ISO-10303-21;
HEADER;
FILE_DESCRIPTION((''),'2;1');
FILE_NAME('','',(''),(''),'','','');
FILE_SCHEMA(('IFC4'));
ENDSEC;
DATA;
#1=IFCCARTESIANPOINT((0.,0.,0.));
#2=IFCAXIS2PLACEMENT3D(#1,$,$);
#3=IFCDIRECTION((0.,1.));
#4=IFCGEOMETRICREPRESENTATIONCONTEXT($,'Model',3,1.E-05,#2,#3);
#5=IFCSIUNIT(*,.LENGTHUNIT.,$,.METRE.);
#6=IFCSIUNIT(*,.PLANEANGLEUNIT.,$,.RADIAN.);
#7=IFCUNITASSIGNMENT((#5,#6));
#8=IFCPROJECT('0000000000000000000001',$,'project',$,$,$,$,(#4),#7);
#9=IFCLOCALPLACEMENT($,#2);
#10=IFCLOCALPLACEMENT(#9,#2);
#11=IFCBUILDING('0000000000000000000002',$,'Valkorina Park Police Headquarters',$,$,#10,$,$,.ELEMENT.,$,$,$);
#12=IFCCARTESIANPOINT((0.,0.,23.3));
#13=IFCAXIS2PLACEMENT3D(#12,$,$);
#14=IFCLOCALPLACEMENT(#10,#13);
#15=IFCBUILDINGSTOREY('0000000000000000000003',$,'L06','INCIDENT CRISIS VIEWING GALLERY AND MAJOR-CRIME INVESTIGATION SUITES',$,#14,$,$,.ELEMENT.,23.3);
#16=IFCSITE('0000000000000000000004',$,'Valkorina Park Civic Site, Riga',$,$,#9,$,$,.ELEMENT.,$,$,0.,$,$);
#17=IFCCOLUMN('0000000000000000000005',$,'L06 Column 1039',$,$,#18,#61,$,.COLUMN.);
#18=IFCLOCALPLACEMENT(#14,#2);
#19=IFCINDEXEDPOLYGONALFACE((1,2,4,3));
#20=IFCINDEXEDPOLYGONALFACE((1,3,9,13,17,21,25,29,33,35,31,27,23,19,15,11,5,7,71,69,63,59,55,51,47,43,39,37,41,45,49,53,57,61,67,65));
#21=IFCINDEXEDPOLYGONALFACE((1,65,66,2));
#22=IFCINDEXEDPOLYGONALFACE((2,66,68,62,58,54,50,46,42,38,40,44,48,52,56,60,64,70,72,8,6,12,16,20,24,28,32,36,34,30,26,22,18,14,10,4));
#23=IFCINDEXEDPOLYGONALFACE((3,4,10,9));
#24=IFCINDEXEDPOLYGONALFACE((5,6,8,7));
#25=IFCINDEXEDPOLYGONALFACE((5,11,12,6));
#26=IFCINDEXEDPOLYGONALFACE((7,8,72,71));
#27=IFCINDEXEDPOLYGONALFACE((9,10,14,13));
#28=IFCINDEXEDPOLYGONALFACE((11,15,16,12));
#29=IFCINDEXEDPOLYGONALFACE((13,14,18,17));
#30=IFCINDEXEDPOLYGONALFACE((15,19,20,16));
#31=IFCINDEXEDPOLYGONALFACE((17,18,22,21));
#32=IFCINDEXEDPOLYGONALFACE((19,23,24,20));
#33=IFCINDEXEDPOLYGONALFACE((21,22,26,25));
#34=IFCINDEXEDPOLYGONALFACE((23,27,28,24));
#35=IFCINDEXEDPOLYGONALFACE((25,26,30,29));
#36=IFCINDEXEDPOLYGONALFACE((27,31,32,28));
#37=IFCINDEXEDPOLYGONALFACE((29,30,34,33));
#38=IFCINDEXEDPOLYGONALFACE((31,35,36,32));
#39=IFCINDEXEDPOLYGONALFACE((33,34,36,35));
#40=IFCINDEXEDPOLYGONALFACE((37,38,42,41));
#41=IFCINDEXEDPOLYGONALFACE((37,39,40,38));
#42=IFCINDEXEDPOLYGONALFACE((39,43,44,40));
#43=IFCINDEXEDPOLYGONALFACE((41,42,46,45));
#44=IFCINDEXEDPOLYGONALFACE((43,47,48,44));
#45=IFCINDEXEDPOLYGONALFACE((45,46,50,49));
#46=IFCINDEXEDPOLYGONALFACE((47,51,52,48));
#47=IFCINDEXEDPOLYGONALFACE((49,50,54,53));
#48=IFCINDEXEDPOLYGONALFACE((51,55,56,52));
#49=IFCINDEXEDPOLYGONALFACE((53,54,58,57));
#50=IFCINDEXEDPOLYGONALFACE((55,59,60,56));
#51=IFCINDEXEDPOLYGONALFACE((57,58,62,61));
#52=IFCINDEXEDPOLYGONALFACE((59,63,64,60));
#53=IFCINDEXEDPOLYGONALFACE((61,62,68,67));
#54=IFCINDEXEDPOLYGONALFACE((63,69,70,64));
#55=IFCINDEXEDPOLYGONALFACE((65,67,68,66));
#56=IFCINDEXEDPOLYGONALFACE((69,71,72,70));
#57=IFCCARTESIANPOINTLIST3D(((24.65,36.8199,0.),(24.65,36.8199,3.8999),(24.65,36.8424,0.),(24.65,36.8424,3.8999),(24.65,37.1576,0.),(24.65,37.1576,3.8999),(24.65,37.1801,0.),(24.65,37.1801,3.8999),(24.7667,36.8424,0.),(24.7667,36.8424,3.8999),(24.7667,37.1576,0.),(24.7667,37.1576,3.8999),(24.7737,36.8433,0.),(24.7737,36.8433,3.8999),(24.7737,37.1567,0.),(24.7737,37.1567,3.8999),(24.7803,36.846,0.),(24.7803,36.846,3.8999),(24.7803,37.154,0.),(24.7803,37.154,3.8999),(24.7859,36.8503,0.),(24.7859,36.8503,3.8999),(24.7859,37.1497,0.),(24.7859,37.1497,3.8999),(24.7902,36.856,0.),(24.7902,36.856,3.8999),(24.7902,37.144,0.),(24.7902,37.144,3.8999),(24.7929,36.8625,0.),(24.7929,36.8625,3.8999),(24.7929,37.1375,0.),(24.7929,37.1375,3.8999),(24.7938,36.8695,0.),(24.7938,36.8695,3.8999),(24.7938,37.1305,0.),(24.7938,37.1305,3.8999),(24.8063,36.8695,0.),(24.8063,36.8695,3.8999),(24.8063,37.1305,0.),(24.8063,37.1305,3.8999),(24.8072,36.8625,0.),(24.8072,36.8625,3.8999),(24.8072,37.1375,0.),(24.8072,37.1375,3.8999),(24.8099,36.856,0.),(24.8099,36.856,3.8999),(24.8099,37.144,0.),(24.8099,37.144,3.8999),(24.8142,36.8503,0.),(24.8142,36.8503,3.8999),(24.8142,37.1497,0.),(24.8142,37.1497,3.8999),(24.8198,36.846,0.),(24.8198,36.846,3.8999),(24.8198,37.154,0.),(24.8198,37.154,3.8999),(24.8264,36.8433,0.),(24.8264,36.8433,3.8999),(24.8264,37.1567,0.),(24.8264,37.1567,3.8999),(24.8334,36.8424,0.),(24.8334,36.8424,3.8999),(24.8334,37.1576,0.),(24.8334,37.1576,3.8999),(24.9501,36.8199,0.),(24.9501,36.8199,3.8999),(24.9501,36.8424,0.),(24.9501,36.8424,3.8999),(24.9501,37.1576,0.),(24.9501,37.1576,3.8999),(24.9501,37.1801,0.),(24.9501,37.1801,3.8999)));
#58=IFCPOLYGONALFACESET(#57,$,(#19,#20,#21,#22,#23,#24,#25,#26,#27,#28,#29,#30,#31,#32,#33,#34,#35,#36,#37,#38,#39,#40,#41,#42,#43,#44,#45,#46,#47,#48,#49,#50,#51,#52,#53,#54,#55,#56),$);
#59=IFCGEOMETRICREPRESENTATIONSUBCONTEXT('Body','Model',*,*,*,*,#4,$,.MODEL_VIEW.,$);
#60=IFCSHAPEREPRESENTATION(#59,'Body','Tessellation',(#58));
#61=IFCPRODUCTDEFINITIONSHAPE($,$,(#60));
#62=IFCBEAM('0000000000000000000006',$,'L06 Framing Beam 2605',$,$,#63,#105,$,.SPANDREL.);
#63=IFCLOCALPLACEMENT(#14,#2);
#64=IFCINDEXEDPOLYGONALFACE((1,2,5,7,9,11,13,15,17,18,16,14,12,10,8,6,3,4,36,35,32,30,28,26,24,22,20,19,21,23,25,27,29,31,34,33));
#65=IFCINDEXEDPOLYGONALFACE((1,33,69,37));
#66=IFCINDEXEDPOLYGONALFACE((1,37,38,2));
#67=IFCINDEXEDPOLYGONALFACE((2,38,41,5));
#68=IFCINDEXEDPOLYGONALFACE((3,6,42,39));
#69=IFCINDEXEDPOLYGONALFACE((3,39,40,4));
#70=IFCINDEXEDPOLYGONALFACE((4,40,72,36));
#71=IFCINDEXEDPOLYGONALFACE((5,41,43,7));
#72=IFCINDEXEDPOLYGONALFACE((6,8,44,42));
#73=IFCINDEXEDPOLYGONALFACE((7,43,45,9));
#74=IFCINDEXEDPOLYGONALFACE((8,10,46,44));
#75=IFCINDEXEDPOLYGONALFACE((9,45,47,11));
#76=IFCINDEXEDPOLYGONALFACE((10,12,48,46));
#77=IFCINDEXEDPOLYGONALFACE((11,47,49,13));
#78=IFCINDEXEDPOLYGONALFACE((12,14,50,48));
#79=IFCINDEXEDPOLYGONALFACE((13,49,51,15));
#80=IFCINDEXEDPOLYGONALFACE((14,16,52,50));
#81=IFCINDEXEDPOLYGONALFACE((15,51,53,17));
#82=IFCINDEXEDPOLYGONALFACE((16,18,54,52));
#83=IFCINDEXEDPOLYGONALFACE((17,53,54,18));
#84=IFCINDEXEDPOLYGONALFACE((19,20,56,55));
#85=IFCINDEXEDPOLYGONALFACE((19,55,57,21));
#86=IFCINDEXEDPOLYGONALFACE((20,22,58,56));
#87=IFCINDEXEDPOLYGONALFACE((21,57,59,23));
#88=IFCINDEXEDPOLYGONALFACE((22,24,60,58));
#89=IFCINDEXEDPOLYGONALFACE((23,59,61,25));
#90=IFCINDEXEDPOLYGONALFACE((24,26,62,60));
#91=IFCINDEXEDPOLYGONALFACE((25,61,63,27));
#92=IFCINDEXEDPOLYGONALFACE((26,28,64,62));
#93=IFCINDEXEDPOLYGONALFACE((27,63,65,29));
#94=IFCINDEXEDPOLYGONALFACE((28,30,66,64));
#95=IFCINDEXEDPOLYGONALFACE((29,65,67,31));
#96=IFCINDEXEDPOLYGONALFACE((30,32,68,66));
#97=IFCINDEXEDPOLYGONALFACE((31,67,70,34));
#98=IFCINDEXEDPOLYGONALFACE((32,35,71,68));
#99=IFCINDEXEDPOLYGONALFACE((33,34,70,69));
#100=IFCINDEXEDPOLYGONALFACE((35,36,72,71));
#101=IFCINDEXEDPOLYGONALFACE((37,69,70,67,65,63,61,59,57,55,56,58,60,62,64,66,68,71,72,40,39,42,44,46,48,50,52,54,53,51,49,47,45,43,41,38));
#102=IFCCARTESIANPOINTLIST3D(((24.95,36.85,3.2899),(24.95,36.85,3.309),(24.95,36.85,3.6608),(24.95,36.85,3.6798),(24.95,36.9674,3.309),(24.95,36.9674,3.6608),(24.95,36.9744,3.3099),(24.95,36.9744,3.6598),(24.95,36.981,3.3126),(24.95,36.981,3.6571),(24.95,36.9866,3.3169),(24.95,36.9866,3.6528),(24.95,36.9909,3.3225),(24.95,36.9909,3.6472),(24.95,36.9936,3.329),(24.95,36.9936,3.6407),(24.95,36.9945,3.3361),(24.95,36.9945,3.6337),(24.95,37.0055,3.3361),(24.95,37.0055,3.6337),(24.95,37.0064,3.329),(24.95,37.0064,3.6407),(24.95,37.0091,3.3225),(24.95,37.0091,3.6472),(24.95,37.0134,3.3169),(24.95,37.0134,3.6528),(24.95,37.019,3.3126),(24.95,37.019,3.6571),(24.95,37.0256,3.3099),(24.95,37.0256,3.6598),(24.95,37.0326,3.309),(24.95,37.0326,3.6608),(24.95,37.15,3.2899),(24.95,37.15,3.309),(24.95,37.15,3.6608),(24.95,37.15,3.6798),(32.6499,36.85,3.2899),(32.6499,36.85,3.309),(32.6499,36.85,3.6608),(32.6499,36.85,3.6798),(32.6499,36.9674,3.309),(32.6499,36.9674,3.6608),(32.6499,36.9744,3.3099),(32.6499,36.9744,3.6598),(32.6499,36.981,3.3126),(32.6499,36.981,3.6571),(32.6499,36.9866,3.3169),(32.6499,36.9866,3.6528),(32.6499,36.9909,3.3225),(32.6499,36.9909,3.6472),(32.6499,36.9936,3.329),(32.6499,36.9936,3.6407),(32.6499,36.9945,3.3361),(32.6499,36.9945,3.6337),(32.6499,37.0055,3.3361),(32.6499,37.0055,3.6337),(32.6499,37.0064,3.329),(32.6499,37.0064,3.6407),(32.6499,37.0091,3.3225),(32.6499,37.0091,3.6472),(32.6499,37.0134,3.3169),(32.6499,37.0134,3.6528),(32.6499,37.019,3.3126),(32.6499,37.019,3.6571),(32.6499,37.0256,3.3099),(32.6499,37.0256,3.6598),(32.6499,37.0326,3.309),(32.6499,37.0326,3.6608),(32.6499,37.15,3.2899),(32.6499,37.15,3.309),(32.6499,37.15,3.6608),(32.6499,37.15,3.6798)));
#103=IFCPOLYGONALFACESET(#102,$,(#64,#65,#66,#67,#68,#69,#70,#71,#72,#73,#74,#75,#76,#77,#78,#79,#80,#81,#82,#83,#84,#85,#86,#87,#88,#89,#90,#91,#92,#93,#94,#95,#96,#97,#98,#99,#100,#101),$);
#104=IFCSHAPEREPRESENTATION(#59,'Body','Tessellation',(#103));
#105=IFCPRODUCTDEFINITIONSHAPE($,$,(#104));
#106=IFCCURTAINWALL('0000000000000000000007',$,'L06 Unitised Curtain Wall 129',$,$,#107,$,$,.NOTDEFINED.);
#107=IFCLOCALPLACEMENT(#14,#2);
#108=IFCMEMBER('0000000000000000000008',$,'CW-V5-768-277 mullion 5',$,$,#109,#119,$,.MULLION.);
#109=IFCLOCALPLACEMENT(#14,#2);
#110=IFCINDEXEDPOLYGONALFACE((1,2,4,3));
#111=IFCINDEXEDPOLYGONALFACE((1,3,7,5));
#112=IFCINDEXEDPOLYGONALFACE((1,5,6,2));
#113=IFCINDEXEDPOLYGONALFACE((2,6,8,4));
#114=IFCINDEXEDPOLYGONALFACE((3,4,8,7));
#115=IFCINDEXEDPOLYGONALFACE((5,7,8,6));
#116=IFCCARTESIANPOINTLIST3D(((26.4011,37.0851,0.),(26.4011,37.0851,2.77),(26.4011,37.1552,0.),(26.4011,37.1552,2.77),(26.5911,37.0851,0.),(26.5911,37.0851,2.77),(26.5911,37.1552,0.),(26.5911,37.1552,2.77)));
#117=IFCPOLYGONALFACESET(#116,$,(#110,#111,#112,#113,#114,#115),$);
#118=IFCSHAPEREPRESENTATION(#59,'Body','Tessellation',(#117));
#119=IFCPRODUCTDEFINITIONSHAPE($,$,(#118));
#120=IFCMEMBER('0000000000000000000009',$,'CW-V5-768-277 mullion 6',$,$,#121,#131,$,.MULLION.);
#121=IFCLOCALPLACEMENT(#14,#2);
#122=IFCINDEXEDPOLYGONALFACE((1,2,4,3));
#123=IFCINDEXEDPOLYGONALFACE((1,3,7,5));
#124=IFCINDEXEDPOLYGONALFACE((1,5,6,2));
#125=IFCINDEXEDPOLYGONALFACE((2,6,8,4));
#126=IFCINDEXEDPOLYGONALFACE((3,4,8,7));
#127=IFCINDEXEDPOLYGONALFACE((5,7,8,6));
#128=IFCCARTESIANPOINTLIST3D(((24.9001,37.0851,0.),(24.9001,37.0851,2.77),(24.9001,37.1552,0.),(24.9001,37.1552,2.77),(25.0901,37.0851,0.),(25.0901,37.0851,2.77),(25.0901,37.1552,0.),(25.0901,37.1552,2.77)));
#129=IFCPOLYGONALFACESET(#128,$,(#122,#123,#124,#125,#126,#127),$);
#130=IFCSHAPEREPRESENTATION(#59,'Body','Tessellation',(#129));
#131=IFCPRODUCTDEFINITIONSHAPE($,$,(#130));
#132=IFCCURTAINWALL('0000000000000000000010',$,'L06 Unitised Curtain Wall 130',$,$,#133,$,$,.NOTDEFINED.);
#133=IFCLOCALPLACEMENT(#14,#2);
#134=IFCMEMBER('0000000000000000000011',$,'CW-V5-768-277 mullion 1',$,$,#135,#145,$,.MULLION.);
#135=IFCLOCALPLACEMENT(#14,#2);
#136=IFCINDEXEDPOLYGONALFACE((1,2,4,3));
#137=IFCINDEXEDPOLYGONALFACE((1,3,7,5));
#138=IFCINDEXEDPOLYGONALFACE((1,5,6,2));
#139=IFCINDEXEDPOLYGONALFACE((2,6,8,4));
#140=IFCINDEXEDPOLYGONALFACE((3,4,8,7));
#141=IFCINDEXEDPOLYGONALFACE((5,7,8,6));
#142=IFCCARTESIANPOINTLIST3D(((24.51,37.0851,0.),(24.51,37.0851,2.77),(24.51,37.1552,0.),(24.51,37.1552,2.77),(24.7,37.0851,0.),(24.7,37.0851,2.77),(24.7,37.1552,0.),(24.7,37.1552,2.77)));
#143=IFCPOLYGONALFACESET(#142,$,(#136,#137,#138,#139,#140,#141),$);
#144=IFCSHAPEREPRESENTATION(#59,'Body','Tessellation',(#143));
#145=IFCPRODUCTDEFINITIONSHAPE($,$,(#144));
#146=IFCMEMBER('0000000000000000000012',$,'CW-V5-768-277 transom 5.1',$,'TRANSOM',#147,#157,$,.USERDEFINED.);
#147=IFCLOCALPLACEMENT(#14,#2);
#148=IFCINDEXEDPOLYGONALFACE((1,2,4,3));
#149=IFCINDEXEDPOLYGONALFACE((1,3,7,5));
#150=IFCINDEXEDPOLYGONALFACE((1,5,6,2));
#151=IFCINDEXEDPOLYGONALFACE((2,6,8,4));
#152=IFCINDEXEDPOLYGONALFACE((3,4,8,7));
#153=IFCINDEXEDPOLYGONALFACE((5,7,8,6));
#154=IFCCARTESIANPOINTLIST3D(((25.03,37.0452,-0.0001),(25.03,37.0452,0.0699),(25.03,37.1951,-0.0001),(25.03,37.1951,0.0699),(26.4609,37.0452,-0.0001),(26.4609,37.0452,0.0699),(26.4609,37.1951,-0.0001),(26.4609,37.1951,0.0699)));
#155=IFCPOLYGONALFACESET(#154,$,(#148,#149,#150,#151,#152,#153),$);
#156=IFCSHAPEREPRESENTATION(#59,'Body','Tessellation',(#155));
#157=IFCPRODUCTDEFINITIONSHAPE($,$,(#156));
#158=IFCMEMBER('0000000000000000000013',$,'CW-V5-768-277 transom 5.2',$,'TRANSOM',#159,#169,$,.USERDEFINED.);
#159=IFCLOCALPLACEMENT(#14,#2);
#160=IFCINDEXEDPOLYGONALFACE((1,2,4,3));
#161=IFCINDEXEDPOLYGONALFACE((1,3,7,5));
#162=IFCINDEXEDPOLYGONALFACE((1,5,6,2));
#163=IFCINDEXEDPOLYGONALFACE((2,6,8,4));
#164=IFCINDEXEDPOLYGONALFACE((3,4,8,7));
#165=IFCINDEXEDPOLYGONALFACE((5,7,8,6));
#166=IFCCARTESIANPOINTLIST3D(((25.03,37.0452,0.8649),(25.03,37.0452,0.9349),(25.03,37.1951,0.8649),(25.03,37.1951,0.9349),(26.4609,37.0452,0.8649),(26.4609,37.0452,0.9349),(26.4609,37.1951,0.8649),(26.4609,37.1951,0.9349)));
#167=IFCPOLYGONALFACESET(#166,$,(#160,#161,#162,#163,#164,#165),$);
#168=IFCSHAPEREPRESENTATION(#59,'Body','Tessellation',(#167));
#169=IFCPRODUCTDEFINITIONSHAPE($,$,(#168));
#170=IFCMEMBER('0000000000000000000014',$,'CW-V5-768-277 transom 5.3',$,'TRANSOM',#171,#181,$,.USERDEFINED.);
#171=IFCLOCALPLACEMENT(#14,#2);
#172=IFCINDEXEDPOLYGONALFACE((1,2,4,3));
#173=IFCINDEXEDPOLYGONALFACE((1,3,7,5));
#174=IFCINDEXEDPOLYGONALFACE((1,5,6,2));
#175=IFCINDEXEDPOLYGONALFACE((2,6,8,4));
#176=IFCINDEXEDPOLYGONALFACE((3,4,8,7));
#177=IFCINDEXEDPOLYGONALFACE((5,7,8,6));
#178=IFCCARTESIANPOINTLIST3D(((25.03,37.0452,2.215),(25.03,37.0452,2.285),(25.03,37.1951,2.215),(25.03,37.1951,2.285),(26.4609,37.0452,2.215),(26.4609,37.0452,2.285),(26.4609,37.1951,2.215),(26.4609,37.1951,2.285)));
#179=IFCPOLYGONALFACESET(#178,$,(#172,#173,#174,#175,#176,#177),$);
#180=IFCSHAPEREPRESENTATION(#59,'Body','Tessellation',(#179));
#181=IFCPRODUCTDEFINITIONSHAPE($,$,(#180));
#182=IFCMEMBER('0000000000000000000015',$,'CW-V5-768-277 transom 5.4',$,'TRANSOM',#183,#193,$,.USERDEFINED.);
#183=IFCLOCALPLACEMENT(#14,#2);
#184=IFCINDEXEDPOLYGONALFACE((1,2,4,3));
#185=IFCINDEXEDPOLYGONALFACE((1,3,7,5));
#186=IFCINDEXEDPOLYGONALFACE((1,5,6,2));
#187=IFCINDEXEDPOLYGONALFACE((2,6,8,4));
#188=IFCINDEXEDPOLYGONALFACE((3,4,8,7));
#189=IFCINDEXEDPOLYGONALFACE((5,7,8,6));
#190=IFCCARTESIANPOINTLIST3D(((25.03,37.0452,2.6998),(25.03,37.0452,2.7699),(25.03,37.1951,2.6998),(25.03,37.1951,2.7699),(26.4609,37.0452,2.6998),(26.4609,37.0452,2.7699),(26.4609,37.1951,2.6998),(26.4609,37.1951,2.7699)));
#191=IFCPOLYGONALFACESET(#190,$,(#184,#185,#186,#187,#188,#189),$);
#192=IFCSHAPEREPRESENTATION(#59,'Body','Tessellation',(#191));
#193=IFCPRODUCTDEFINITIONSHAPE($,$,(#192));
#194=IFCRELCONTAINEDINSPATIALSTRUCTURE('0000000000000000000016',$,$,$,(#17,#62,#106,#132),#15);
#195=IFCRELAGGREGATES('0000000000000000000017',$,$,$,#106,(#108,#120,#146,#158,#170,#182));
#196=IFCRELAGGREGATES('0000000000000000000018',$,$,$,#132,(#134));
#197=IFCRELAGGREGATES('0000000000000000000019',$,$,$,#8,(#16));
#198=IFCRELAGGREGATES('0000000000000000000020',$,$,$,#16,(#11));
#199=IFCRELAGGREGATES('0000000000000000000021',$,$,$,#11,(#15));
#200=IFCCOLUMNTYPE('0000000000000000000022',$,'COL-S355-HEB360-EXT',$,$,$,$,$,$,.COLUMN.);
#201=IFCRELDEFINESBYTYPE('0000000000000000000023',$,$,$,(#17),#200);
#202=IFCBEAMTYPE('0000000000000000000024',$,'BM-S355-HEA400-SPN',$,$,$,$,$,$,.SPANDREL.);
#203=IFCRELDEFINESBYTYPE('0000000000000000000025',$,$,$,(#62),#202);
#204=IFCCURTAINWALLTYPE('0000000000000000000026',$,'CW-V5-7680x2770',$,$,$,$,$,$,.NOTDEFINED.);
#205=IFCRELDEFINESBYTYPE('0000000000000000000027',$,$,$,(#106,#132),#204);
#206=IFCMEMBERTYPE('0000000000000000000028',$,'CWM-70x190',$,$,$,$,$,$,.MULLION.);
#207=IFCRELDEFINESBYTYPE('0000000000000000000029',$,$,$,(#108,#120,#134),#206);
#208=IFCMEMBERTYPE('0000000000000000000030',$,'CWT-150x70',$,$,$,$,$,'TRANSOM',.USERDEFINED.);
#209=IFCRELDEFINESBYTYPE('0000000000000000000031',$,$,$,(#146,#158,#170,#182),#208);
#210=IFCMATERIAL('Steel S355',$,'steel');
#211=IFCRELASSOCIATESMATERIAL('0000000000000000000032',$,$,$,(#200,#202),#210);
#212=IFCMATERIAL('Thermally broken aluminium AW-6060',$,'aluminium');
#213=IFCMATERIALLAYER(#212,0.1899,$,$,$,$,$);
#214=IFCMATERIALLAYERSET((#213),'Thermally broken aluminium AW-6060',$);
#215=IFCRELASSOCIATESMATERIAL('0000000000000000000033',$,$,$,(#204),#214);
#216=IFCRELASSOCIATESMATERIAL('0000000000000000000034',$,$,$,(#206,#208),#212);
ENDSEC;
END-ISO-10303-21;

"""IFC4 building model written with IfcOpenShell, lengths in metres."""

from ifc_helpers import new_model, si_unit, direction, frame, origin, origin_2d, place, context, subcontext, project, spatial, rectangle, i_section, extrude, material, layer, layer_set, material_profile, profile_set, type_object, element, aggregate, save


model = new_model("IFC4")

# Units and contexts
model_context = context("Model", 3, precision=1e-05, world=origin(), true_north=direction((0.0, 1.0)))
body_context = subcontext(model_context, "Body", "Model", "MODEL_VIEW")
ifc_project = project(units=[si_unit("LENGTHUNIT", "METRE"), si_unit("PLANEANGLEUNIT", "RADIAN")], contexts=[model_context])

# Site, building, storey
site_placement = place(None, origin())
site = spatial("IfcSite", under=ifc_project, at=site_placement, Name="Valkorina Park Civic Site, Riga", CompositionType="ELEMENT", RefElevation=0.0)
building_placement = place(site_placement, origin())
building = spatial("IfcBuilding", under=site, at=building_placement, Name="Valkorina Park Police Headquarters", CompositionType="ELEMENT")
storey_placement = place(building_placement, frame((0.0, 0.0, 23.3)))
storey = spatial("IfcBuildingStorey", under=building, at=storey_placement, Name="L06", Description="INCIDENT CRISIS VIEWING GALLERY AND MAJOR-CRIME INVESTIGATION SUITES", CompositionType="ELEMENT", Elevation=23.3)

# Column
ifc_material_1 = material(Name="Steel S355", Category="steel")
ifc_material_profile_1 = material_profile(ifc_material_1, i_section(OverallWidth=0.3, OverallDepth=0.3601, WebThickness=0.0125, FlangeThickness=0.0225, FilletRadius=0.0271, at=origin_2d()), Name="HEB 360")
ifc_profile_set_1 = profile_set([ifc_material_profile_1], Name="Steel S355")
column_type = type_object("IfcColumnType", Name="COL-S355-HEB360-EXT", PredefinedType="COLUMN", material=ifc_profile_set_1)
column_placement = place(storey_placement, frame((24.8, 37.0, 0.0), z_axis=(0.0, 0.0, 1.0), x_axis=(1.0, 0.0, 0.0)))
element("IfcColumn", 1, at=column_placement, inside=storey, type_object=column_type, Name="L06 Column 1039", PredefinedType="COLUMN", context=body_context, shape_type="SweptSolid", body=[
    extrude(i_section(OverallWidth=0.3, OverallDepth=0.3601, WebThickness=0.0125, FlangeThickness=0.0225, FilletRadius=0.0271, at=origin_2d()), origin(), (0.0, 0.0, 1.0), 3.8999),
])

# Beam
ifc_material_profile_2 = material_profile(ifc_material_1, i_section(OverallWidth=0.3, OverallDepth=0.3899, WebThickness=0.011, FlangeThickness=0.019, FilletRadius=0.0271, at=origin_2d()), Name="HEA 400")
ifc_profile_set_2 = profile_set([ifc_material_profile_2], Name="Steel S355")
beam_type = type_object("IfcBeamType", Name="BM-S355-HEA400-SPN", PredefinedType="SPANDREL", material=ifc_profile_set_2)
beam_placement = place(storey_placement, frame((24.95, 37.0, 3.4849), z_axis=(1.0, 0.0, 0.0), x_axis=(0.0, 1.0, 0.0)))
element("IfcBeam", 2, at=beam_placement, inside=storey, type_object=beam_type, Name="L06 Framing Beam 2605", PredefinedType="SPANDREL", context=body_context, shape_type="SweptSolid", body=[
    extrude(i_section(OverallWidth=0.3, OverallDepth=0.3899, WebThickness=0.011, FlangeThickness=0.019, FilletRadius=0.0271, at=origin_2d()), origin(), (0.0, 0.0, 1.0), 7.7),
])

# Curtain wall, members
ifc_material_2 = material(Name="Thermally broken aluminium AW-6060", Category="aluminium")
ifc_layer_1 = layer(ifc_material_2, 0.1899)
ifc_layer_set_1 = layer_set([ifc_layer_1], Name="Thermally broken aluminium AW-6060")
curtain_wall_type = type_object("IfcCurtainWallType", Name="CW-V5-7680x2770", PredefinedType="NOTDEFINED", material=ifc_layer_set_1)
curtain_wall_1_placement = place(storey_placement, origin())
curtain_wall_1 = element("IfcCurtainWall", 3, at=curtain_wall_1_placement, inside=storey, type_object=curtain_wall_type, Name="L06 Unitised Curtain Wall 129", PredefinedType="NOTDEFINED")
ifc_material_profile_3 = material_profile(ifc_material_2, rectangle(XDim=0.0701, YDim=0.1899, at=origin_2d()), Name="CWM-02 70x190")
ifc_profile_set_3 = profile_set([ifc_material_profile_3], Name="Thermally broken aluminium AW-6060")
member_type_1 = type_object("IfcMemberType", Name="CWM-70x190", PredefinedType="MULLION", material=ifc_profile_set_3)
member_1_placement = place(storey_placement, frame((26.4961, 37.1201, 0.0), z_axis=(0.0, 0.0, 1.0), x_axis=(0.0, -1.0, 0.0)))
member_1 = element("IfcMember", 4, at=member_1_placement, type_object=member_type_1, Name="CW-V5-768-277 mullion 5", PredefinedType="MULLION", context=body_context, shape_type="SweptSolid", body=[
    extrude(rectangle(XDim=0.0701, YDim=0.1899, at=origin_2d()), origin(), (0.0, 0.0, 1.0), 2.77),
])
member_2_placement = place(storey_placement, frame((24.9951, 37.1201, 0.0), z_axis=(0.0, 0.0, 1.0), x_axis=(0.0, -1.0, 0.0)))
member_2 = element("IfcMember", 5, at=member_2_placement, type_object=member_type_1, Name="CW-V5-768-277 mullion 6", PredefinedType="MULLION", context=body_context, shape_type="SweptSolid", body=[
    extrude(rectangle(XDim=0.0701, YDim=0.1899, at=origin_2d()), origin(), (0.0, 0.0, 1.0), 2.77),
])

# Curtain wall, member
curtain_wall_2_placement = place(storey_placement, origin())
curtain_wall_2 = element("IfcCurtainWall", 6, at=curtain_wall_2_placement, inside=storey, type_object=curtain_wall_type, Name="L06 Unitised Curtain Wall 130", PredefinedType="NOTDEFINED")
member_3_placement = place(storey_placement, frame((24.605, 37.1201, 0.0), z_axis=(0.0, 0.0, 1.0), x_axis=(0.0, -1.0, 0.0)))
member_3 = element("IfcMember", 7, at=member_3_placement, type_object=member_type_1, Name="CW-V5-768-277 mullion 1", PredefinedType="MULLION", context=body_context, shape_type="SweptSolid", body=[
    extrude(rectangle(XDim=0.0701, YDim=0.1899, at=origin_2d()), origin(), (0.0, 0.0, 1.0), 2.77),
])

# Members
ifc_material_profile_4 = material_profile(ifc_material_2, rectangle(XDim=0.1499, YDim=0.0701, at=origin_2d()), Name="CWT-02 150x70")
ifc_profile_set_4 = profile_set([ifc_material_profile_4], Name="Thermally broken aluminium AW-6060")
member_type_2 = type_object("IfcMemberType", Name="CWT-150x70", ElementType="TRANSOM", PredefinedType="USERDEFINED", material=ifc_profile_set_4)
member_4_placement = place(storey_placement, frame((26.4609, 37.1201, 0.0349), z_axis=(-1.0, 0.0, 0.0), x_axis=(0.0, -1.0, 0.0)))
member_4 = element("IfcMember", 8, at=member_4_placement, type_object=member_type_2, Name="CW-V5-768-277 transom 5.1", ObjectType="TRANSOM", PredefinedType="USERDEFINED", context=body_context, shape_type="SweptSolid", body=[
    extrude(rectangle(XDim=0.1499, YDim=0.0701, at=origin_2d()), origin(), (0.0, 0.0, 1.0), 1.4309),
])
member_5_placement = place(storey_placement, frame((26.4609, 37.1201, 0.8999), z_axis=(-1.0, 0.0, 0.0), x_axis=(0.0, -1.0, 0.0)))
member_5 = element("IfcMember", 9, at=member_5_placement, type_object=member_type_2, Name="CW-V5-768-277 transom 5.2", ObjectType="TRANSOM", PredefinedType="USERDEFINED", context=body_context, shape_type="SweptSolid", body=[
    extrude(rectangle(XDim=0.1499, YDim=0.0701, at=origin_2d()), origin(), (0.0, 0.0, 1.0), 1.4309),
])
member_6_placement = place(storey_placement, frame((26.4609, 37.1201, 2.25), z_axis=(-1.0, 0.0, 0.0), x_axis=(0.0, -1.0, 0.0)))
member_6 = element("IfcMember", 10, at=member_6_placement, type_object=member_type_2, Name="CW-V5-768-277 transom 5.3", ObjectType="TRANSOM", PredefinedType="USERDEFINED", context=body_context, shape_type="SweptSolid", body=[
    extrude(rectangle(XDim=0.1499, YDim=0.0701, at=origin_2d()), origin(), (0.0, 0.0, 1.0), 1.4309),
])
member_7_placement = place(storey_placement, frame((26.4609, 37.1201, 2.7349), z_axis=(-1.0, 0.0, 0.0), x_axis=(0.0, -1.0, 0.0)))
member_7 = element("IfcMember", 11, at=member_7_placement, type_object=member_type_2, Name="CW-V5-768-277 transom 5.4", ObjectType="TRANSOM", PredefinedType="USERDEFINED", context=body_context, shape_type="SweptSolid", body=[
    extrude(rectangle(XDim=0.1499, YDim=0.0701, at=origin_2d()), origin(), (0.0, 0.0, 1.0), 1.4309),
])

aggregate(curtain_wall_1, [member_1, member_2, member_4, member_5, member_6, member_7])
aggregate(curtain_wall_2, [member_3])

save(model, "model.ifc")
